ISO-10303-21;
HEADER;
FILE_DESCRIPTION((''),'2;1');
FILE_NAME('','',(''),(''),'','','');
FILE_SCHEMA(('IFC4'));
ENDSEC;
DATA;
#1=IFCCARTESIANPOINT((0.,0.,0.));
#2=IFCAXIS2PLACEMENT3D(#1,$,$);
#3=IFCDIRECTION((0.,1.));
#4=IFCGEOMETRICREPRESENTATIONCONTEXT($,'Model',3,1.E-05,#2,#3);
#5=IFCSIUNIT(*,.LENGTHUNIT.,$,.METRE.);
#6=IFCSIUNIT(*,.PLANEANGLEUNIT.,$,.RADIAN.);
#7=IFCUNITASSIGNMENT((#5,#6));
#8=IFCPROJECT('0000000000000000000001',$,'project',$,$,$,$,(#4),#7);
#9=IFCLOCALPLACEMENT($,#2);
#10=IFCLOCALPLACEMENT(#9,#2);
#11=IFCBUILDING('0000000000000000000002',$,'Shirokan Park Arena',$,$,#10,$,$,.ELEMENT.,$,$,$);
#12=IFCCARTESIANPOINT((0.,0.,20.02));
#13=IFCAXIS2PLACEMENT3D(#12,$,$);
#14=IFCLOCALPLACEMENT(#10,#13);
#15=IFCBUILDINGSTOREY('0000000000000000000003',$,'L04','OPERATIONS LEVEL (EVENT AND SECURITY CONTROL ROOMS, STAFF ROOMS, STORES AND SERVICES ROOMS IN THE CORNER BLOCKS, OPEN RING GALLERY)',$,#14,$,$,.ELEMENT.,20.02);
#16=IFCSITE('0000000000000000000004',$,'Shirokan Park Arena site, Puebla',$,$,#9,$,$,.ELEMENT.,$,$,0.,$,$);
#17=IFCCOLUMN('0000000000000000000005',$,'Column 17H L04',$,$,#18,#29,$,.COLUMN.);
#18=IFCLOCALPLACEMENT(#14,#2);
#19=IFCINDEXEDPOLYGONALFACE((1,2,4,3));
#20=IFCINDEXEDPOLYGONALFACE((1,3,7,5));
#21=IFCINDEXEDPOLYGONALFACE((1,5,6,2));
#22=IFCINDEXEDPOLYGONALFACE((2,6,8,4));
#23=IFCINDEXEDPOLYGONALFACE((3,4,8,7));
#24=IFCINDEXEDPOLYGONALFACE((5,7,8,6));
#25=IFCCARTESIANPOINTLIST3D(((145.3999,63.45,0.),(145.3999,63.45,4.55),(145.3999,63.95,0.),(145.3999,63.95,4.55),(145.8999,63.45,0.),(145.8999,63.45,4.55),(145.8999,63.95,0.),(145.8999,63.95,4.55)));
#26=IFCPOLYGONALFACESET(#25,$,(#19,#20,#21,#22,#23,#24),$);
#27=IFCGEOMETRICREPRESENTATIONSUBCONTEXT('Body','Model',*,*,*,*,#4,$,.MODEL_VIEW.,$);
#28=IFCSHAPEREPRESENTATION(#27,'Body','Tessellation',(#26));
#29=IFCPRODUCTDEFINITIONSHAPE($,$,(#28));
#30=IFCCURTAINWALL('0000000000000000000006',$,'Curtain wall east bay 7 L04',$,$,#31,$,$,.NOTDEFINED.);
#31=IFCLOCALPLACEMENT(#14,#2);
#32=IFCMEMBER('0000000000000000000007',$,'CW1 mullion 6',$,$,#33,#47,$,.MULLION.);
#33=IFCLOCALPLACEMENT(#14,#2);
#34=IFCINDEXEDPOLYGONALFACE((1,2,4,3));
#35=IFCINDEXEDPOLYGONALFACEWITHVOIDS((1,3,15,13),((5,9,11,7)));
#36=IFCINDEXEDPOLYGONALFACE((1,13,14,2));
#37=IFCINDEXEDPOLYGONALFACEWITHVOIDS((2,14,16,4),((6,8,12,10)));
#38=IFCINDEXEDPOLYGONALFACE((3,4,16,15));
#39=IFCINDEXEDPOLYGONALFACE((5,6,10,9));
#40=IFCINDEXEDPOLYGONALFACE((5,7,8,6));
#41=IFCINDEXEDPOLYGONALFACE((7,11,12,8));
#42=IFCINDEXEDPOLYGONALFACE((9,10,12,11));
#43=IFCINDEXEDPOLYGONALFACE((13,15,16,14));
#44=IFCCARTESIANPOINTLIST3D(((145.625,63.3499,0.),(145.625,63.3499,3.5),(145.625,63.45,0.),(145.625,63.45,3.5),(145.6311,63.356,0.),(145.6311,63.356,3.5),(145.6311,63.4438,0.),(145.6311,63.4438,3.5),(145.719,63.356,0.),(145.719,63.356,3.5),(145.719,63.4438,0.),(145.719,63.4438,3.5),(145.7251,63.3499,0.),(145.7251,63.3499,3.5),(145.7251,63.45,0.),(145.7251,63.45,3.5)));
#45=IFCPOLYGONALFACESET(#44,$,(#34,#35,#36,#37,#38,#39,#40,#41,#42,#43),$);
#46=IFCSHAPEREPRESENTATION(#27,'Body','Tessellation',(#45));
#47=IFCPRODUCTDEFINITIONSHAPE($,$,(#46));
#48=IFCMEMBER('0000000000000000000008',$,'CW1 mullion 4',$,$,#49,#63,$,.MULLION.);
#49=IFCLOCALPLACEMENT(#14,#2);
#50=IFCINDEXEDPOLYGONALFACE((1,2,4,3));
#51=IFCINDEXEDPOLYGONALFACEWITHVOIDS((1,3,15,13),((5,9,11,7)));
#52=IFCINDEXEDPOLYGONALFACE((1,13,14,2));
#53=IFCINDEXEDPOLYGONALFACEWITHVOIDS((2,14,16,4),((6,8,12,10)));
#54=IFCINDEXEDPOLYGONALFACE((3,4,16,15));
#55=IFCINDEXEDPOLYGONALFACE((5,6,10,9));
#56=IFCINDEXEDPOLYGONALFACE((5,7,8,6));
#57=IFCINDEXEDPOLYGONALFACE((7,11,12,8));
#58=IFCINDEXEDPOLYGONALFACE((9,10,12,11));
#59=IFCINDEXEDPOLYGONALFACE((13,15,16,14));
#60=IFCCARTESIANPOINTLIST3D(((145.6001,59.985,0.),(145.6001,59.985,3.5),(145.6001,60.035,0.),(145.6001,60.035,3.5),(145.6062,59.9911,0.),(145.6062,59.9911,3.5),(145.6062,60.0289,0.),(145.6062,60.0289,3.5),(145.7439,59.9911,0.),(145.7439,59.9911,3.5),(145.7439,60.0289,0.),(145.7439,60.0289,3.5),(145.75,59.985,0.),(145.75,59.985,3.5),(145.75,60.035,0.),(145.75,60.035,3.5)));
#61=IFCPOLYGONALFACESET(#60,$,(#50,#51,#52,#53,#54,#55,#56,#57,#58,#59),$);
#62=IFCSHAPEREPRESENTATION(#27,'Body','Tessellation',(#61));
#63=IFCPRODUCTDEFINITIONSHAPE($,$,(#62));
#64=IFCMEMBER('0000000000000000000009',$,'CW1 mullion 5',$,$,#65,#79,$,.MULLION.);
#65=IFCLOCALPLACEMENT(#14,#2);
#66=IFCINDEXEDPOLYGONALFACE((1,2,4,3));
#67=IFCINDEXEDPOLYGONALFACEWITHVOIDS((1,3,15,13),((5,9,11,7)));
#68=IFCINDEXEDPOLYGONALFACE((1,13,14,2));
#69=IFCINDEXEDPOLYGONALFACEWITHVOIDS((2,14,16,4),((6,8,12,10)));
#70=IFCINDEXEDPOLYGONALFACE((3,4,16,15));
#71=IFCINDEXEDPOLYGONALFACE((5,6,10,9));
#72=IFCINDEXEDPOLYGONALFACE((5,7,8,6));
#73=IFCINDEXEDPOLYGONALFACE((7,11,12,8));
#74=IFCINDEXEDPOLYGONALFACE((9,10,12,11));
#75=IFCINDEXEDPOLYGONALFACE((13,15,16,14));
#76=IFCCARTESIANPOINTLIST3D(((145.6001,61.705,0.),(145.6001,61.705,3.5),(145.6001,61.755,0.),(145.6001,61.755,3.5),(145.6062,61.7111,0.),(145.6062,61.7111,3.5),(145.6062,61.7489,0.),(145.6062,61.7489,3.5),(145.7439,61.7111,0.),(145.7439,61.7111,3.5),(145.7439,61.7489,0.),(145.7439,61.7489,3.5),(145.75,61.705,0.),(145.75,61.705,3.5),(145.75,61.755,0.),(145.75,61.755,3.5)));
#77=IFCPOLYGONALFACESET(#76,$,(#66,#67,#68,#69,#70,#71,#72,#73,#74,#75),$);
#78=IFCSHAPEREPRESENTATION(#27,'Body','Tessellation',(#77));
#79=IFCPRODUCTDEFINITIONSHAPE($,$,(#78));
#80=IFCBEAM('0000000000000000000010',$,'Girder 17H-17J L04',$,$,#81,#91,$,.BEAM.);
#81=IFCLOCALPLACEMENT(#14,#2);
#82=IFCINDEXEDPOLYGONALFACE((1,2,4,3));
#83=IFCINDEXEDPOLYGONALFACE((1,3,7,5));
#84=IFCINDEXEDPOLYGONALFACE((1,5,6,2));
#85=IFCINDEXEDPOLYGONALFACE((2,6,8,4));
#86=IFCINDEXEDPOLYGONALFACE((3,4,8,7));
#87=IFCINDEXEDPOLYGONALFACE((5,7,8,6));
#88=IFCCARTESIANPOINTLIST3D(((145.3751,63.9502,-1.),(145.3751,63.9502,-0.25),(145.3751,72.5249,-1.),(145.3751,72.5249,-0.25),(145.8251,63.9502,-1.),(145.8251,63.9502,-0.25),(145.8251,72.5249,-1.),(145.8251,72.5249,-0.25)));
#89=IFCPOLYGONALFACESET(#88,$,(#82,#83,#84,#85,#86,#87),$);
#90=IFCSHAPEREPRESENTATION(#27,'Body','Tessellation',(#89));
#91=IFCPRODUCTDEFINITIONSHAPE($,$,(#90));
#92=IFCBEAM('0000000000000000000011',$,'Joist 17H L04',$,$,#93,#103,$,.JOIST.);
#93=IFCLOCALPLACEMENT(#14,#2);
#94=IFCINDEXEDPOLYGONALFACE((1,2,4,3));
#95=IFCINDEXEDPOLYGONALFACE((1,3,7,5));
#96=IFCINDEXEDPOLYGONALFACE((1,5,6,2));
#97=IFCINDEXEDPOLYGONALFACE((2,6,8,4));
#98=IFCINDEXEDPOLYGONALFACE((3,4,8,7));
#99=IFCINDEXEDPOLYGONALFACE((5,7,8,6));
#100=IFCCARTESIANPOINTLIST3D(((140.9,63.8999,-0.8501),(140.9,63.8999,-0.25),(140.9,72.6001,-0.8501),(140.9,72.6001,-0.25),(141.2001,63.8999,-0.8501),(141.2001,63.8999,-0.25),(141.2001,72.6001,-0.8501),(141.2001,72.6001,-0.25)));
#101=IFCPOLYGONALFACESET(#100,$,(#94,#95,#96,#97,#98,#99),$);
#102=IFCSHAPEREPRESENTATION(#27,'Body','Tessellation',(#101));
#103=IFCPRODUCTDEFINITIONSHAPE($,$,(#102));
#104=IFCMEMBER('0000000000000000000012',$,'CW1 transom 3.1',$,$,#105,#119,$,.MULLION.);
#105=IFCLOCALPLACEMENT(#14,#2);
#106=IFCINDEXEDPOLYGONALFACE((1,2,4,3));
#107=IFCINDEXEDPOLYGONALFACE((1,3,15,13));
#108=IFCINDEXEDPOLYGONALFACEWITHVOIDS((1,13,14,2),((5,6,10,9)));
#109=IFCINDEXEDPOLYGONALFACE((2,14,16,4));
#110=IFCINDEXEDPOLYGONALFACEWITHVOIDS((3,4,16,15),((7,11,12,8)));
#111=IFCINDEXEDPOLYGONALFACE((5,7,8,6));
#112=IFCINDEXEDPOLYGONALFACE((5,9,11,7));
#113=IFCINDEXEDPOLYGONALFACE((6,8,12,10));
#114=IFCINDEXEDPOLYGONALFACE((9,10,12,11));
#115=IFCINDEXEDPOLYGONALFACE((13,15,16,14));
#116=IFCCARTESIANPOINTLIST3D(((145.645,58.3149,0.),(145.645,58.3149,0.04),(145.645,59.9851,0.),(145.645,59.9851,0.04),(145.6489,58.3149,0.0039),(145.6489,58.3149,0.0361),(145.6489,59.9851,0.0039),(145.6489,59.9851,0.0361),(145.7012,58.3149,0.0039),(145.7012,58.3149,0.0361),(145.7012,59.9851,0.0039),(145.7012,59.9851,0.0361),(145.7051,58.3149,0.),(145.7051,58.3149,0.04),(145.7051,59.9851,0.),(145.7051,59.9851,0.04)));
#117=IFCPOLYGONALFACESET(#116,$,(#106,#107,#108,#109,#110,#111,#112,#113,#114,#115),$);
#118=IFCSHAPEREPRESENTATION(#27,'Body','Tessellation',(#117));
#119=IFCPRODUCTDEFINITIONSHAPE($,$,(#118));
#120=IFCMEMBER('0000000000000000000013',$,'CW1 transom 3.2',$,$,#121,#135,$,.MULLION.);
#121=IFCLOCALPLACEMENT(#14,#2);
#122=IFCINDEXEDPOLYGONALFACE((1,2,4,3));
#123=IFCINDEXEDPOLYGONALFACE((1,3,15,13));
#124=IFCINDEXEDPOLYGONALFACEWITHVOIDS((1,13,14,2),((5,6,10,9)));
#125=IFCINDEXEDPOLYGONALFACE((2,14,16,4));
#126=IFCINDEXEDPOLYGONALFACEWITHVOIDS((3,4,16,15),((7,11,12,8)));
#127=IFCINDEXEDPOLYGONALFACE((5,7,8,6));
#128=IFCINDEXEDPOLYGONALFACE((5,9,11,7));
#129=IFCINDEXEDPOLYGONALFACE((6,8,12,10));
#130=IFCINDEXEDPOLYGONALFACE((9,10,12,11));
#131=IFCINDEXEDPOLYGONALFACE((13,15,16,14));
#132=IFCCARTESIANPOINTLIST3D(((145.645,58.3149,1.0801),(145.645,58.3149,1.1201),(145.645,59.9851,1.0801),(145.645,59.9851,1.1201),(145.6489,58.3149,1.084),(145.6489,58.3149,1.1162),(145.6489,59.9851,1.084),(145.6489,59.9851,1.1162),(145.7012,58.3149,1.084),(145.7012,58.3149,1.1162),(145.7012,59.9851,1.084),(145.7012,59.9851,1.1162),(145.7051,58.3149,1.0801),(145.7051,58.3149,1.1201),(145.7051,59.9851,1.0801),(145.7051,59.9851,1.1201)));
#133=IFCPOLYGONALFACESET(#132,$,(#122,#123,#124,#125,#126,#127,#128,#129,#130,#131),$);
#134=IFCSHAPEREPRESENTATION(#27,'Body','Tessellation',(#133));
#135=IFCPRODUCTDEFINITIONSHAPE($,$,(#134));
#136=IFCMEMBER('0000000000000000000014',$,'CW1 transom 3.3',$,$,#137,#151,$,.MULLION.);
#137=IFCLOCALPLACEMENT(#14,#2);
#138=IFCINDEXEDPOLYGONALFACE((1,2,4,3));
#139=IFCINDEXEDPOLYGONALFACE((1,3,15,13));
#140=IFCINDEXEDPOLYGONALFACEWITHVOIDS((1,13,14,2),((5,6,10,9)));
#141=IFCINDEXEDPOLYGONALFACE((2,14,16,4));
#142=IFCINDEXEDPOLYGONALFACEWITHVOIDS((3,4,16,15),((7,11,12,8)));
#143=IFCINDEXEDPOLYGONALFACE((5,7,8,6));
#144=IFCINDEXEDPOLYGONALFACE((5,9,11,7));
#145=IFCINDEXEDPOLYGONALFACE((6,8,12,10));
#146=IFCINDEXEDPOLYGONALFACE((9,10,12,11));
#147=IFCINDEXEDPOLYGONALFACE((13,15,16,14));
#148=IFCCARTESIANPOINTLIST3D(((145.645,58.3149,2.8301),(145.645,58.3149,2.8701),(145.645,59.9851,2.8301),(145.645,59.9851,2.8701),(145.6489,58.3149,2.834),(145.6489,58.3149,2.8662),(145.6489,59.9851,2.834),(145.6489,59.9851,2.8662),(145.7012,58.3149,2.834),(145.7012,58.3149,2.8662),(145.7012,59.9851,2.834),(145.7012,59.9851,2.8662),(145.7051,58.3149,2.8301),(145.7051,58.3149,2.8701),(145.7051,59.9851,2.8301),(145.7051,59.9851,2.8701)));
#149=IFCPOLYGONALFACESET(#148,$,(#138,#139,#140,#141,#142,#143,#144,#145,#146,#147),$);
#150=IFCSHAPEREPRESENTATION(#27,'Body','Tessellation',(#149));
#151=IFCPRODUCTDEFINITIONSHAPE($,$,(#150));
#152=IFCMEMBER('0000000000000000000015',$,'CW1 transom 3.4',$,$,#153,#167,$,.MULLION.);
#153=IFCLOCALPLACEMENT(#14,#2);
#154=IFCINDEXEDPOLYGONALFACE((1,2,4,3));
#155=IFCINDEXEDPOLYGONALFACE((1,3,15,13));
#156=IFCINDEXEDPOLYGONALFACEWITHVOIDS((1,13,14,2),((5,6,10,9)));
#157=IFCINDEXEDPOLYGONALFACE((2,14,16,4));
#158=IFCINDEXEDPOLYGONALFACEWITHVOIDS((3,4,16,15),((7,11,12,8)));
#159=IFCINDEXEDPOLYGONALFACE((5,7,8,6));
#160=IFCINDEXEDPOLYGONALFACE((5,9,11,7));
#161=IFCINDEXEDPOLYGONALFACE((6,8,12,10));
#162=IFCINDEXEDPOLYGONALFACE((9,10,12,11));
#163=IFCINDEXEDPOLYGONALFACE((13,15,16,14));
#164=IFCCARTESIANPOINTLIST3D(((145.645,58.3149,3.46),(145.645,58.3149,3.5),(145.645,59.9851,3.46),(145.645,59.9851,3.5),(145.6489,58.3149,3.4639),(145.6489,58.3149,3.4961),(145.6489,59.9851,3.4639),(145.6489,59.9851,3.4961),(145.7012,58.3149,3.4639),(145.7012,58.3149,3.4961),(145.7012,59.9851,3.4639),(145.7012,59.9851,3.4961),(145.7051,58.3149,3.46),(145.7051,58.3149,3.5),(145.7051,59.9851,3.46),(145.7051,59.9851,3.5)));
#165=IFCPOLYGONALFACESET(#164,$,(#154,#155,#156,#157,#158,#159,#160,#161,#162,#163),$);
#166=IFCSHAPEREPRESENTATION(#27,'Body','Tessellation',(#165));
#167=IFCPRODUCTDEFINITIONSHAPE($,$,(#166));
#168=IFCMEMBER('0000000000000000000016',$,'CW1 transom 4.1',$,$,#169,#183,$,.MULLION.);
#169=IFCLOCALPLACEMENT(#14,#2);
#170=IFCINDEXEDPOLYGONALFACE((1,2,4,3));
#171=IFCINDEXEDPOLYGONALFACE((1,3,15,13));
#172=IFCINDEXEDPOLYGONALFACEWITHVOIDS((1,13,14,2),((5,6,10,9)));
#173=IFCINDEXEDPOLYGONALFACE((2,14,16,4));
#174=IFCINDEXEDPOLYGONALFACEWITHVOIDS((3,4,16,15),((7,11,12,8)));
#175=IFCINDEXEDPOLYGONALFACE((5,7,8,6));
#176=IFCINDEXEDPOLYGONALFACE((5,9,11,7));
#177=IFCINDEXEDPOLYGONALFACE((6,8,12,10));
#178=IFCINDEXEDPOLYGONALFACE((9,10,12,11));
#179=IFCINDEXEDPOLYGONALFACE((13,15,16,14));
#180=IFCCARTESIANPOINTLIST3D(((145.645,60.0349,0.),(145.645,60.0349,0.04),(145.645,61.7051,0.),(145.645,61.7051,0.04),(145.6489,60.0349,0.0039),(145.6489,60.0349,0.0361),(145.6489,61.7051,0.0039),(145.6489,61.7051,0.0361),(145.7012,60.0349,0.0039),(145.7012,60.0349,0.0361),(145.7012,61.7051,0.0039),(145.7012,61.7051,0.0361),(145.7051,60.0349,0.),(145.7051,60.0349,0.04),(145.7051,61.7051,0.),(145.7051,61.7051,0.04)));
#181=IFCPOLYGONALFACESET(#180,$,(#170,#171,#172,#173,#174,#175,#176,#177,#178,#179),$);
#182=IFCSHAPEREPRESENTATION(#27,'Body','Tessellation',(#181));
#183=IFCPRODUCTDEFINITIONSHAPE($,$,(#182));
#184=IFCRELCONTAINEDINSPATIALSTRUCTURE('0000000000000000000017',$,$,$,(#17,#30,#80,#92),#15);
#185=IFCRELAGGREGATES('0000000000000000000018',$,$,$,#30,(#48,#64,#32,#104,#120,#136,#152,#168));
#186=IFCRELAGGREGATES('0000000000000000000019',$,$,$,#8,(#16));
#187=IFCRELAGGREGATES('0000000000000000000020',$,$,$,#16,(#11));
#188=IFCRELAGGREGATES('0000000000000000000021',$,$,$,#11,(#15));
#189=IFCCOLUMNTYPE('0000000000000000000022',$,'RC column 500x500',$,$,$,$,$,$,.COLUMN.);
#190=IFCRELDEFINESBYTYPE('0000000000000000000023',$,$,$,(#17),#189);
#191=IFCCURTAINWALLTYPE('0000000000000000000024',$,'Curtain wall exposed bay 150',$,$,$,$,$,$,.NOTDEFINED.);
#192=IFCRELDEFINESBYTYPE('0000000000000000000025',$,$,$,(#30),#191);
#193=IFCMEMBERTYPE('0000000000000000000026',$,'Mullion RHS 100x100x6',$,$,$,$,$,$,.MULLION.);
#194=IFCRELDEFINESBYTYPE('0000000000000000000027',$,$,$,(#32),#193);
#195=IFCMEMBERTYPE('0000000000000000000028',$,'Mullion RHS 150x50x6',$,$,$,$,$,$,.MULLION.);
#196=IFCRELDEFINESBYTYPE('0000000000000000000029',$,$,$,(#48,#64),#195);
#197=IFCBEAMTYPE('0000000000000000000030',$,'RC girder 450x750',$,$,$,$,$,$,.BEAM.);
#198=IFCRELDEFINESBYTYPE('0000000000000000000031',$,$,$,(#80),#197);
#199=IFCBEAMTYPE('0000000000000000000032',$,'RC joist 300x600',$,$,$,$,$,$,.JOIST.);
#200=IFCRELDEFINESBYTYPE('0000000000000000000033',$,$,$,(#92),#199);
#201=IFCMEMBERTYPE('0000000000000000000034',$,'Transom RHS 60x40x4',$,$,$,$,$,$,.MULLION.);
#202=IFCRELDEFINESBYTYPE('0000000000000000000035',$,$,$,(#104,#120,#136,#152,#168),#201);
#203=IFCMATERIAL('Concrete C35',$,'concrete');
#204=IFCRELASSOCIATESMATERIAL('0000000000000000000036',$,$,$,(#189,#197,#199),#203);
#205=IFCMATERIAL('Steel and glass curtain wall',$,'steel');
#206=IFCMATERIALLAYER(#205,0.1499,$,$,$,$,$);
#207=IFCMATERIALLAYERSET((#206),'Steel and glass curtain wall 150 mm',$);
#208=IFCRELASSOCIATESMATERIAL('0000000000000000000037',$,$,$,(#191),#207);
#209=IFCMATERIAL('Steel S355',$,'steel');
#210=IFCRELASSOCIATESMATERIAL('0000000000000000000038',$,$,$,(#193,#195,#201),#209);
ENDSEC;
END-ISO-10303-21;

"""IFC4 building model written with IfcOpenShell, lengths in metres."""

from ifc_helpers import new_model, si_unit, direction, frame, origin, origin_2d, place, context, subcontext, project, spatial, rectangle, hollow_rectangle, extrude, material, layer, layer_set, material_profile, profile_set, type_object, element, aggregate, save


model = new_model("IFC4")

# Units and contexts
model_context = context("Model", 3, precision=1e-05, world=origin(), true_north=direction((0.0, 1.0)))
body_context = subcontext(model_context, "Body", "Model", "MODEL_VIEW")
ifc_project = project(units=[si_unit("LENGTHUNIT", "METRE"), si_unit("PLANEANGLEUNIT", "RADIAN")], contexts=[model_context])

# Site, building, storey
site_placement = place(None, origin())
site = spatial("IfcSite", under=ifc_project, at=site_placement, Name="Shirokan Park Arena site, Puebla", CompositionType="ELEMENT", RefElevation=0.0)
building_placement = place(site_placement, origin())
building = spatial("IfcBuilding", under=site, at=building_placement, Name="Shirokan Park Arena", CompositionType="ELEMENT")
storey_placement = place(building_placement, frame((0.0, 0.0, 20.02)))
storey = spatial("IfcBuildingStorey", under=building, at=storey_placement, Name="L04", Description="OPERATIONS LEVEL (EVENT AND SECURITY CONTROL ROOMS, STAFF ROOMS, STORES AND SERVICES ROOMS IN THE CORNER BLOCKS, OPEN RING GALLERY)", CompositionType="ELEMENT", Elevation=20.02)

# Column
ifc_material_1 = material(Name="Concrete C35", Category="concrete")
ifc_material_profile_1 = material_profile(ifc_material_1, rectangle(XDim=0.5, YDim=0.5, at=origin_2d()), Name="500x500")
ifc_profile_set_1 = profile_set([ifc_material_profile_1], Name="Concrete C35")
column_type = type_object("IfcColumnType", Name="RC column 500x500", PredefinedType="COLUMN", material=ifc_profile_set_1)
column_placement = place(storey_placement, frame((145.6499, 63.7, 0.0), z_axis=(0.0, 0.0, 1.0), x_axis=(1.0, 0.0, 0.0)))
element("IfcColumn", 1, at=column_placement, inside=storey, type_object=column_type, Name="Column 17H L04", PredefinedType="COLUMN", context=body_context, shape_type="SweptSolid", body=[
    extrude(rectangle(XDim=0.5, YDim=0.5, at=origin_2d()), origin(), (0.0, 0.0, 1.0), 4.55),
])

# Curtain wall, members
ifc_material_2 = material(Name="Steel and glass curtain wall", Category="steel")
ifc_layer_1 = layer(ifc_material_2, 0.1499)
ifc_layer_set_1 = layer_set([ifc_layer_1], Name="Steel and glass curtain wall 150 mm")
curtain_wall_type = type_object("IfcCurtainWallType", Name="Curtain wall exposed bay 150", PredefinedType="NOTDEFINED", material=ifc_layer_set_1)
curtain_wall_placement = place(storey_placement, origin())
curtain_wall = element("IfcCurtainWall", 2, at=curtain_wall_placement, inside=storey, type_object=curtain_wall_type, Name="Curtain wall east bay 7 L04", PredefinedType="NOTDEFINED")
ifc_material_3 = material(Name="Steel S355", Category="steel")
ifc_material_profile_2 = material_profile(ifc_material_3, hollow_rectangle(XDim=0.1001, YDim=0.1001, WallThickness=0.0061, at=origin_2d()), Name="RHS 100x100x6")
ifc_profile_set_2 = profile_set([ifc_material_profile_2], Name="Steel S355")
member_type_1 = type_object("IfcMemberType", Name="Mullion RHS 100x100x6", PredefinedType="MULLION", material=ifc_profile_set_2)
member_1_placement = place(storey_placement, frame((145.675, 63.3999, 0.0), z_axis=(0.0, 0.0, 1.0), x_axis=(-1.0, 0.0, 0.0)))
member_1 = element("IfcMember", 3, at=member_1_placement, type_object=member_type_1, Name="CW1 mullion 6", PredefinedType="MULLION", context=body_context, shape_type="SweptSolid", body=[
    extrude(hollow_rectangle(XDim=0.1001, YDim=0.1001, WallThickness=0.0061, at=origin_2d()), origin(), (0.0, 0.0, 1.0), 3.5),
])
ifc_material_profile_3 = material_profile(ifc_material_3, hollow_rectangle(XDim=0.1499, YDim=0.05, WallThickness=0.0061, at=origin_2d()), Name="RHS 150x50x6")
ifc_profile_set_3 = profile_set([ifc_material_profile_3], Name="Steel S355")
member_type_2 = type_object("IfcMemberType", Name="Mullion RHS 150x50x6", PredefinedType="MULLION", material=ifc_profile_set_3)
member_2_placement = place(storey_placement, frame((145.675, 60.01, 0.0), z_axis=(0.0, 0.0, 1.0), x_axis=(-1.0, 0.0, 0.0)))
member_2 = element("IfcMember", 4, at=member_2_placement, type_object=member_type_2, Name="CW1 mullion 4", PredefinedType="MULLION", context=body_context, shape_type="SweptSolid", body=[
    extrude(hollow_rectangle(XDim=0.1499, YDim=0.05, WallThickness=0.0061, at=origin_2d()), origin(), (0.0, 0.0, 1.0), 3.5),
])
member_3_placement = place(storey_placement, frame((145.675, 61.73, 0.0), z_axis=(0.0, 0.0, 1.0), x_axis=(-1.0, 0.0, 0.0)))
member_3 = element("IfcMember", 5, at=member_3_placement, type_object=member_type_2, Name="CW1 mullion 5", PredefinedType="MULLION", context=body_context, shape_type="SweptSolid", body=[
    extrude(hollow_rectangle(XDim=0.1499, YDim=0.05, WallThickness=0.0061, at=origin_2d()), origin(), (0.0, 0.0, 1.0), 3.5),
])

# Beams
ifc_material_profile_4 = material_profile(ifc_material_1, rectangle(XDim=0.45, YDim=0.75, at=origin_2d()), Name="450x750")
ifc_profile_set_4 = profile_set([ifc_material_profile_4], Name="Concrete C35")
beam_type_1 = type_object("IfcBeamType", Name="RC girder 450x750", PredefinedType="BEAM", material=ifc_profile_set_4)
beam_1_placement = place(storey_placement, frame((145.6001, 63.9502, -0.625), z_axis=(0.0, 1.0, 0.0), x_axis=(-1.0, 0.0, 0.0)))
element("IfcBeam", 6, at=beam_1_placement, inside=storey, type_object=beam_type_1, Name="Girder 17H-17J L04", PredefinedType="BEAM", context=body_context, shape_type="SweptSolid", body=[
    extrude(rectangle(XDim=0.45, YDim=0.75, at=origin_2d()), origin(), (0.0, 0.0, 1.0), 8.5747),
])
ifc_material_profile_5 = material_profile(ifc_material_1, rectangle(XDim=0.3, YDim=0.6001, at=origin_2d()), Name="300x600")
ifc_profile_set_5 = profile_set([ifc_material_profile_5], Name="Concrete C35")
beam_type_2 = type_object("IfcBeamType", Name="RC joist 300x600", PredefinedType="JOIST", material=ifc_profile_set_5)
beam_2_placement = place(storey_placement, frame((141.05, 63.8999, -0.55), z_axis=(0.0, 1.0, 0.0), x_axis=(-1.0, 0.0, 0.0)))
element("IfcBeam", 7, at=beam_2_placement, inside=storey, type_object=beam_type_2, Name="Joist 17H L04", PredefinedType="JOIST", context=body_context, shape_type="SweptSolid", body=[
    extrude(rectangle(XDim=0.3, YDim=0.6001, at=origin_2d()), origin(), (0.0, 0.0, 1.0), 8.7002),
])

# Members
ifc_material_profile_6 = material_profile(ifc_material_3, hollow_rectangle(XDim=0.0601, YDim=0.04, WallThickness=0.0039, at=origin_2d()), Name="RHS 60x40x4")
ifc_profile_set_6 = profile_set([ifc_material_profile_6], Name="Steel S355")
member_type_3 = type_object("IfcMemberType", Name="Transom RHS 60x40x4", PredefinedType="MULLION", material=ifc_profile_set_6)
member_4_placement = place(storey_placement, frame((145.675, 58.3149, 0.02), z_axis=(0.0, 1.0, 0.0), x_axis=(-1.0, 0.0, 0.0)))
member_4 = element("IfcMember", 8, at=member_4_placement, type_object=member_type_3, Name="CW1 transom 3.1", PredefinedType="MULLION", context=body_context, shape_type="SweptSolid", body=[
    extrude(hollow_rectangle(XDim=0.0601, YDim=0.04, WallThickness=0.0039, at=origin_2d()), origin(), (0.0, 0.0, 1.0), 1.6702),
])
member_5_placement = place(storey_placement, frame((145.675, 58.3149, 1.1001), z_axis=(0.0, 1.0, 0.0), x_axis=(-1.0, 0.0, 0.0)))
member_5 = element("IfcMember", 9, at=member_5_placement, type_object=member_type_3, Name="CW1 transom 3.2", PredefinedType="MULLION", context=body_context, shape_type="SweptSolid", body=[
    extrude(hollow_rectangle(XDim=0.0601, YDim=0.04, WallThickness=0.0039, at=origin_2d()), origin(), (0.0, 0.0, 1.0), 1.6702),
])
member_6_placement = place(storey_placement, frame((145.675, 58.3149, 2.8501), z_axis=(0.0, 1.0, 0.0), x_axis=(-1.0, 0.0, 0.0)))
member_6 = element("IfcMember", 10, at=member_6_placement, type_object=member_type_3, Name="CW1 transom 3.3", PredefinedType="MULLION", context=body_context, shape_type="SweptSolid", body=[
    extrude(hollow_rectangle(XDim=0.0601, YDim=0.04, WallThickness=0.0039, at=origin_2d()), origin(), (0.0, 0.0, 1.0), 1.6702),
])
member_7_placement = place(storey_placement, frame((145.675, 58.3149, 3.48), z_axis=(0.0, 1.0, 0.0), x_axis=(-1.0, 0.0, 0.0)))
member_7 = element("IfcMember", 11, at=member_7_placement, type_object=member_type_3, Name="CW1 transom 3.4", PredefinedType="MULLION", context=body_context, shape_type="SweptSolid", body=[
    extrude(hollow_rectangle(XDim=0.0601, YDim=0.04, WallThickness=0.0039, at=origin_2d()), origin(), (0.0, 0.0, 1.0), 1.6702),
])
member_8_placement = place(storey_placement, frame((145.675, 60.0349, 0.02), z_axis=(0.0, 1.0, 0.0), x_axis=(-1.0, 0.0, 0.0)))
member_8 = element("IfcMember", 12, at=member_8_placement, type_object=member_type_3, Name="CW1 transom 4.1", PredefinedType="MULLION", context=body_context, shape_type="SweptSolid", body=[
    extrude(hollow_rectangle(XDim=0.0601, YDim=0.04, WallThickness=0.0039, at=origin_2d()), origin(), (0.0, 0.0, 1.0), 1.6702),
])

aggregate(curtain_wall, [member_2, member_3, member_1, member_4, member_5, member_6, member_7, member_8])

save(model, "model.ifc")
